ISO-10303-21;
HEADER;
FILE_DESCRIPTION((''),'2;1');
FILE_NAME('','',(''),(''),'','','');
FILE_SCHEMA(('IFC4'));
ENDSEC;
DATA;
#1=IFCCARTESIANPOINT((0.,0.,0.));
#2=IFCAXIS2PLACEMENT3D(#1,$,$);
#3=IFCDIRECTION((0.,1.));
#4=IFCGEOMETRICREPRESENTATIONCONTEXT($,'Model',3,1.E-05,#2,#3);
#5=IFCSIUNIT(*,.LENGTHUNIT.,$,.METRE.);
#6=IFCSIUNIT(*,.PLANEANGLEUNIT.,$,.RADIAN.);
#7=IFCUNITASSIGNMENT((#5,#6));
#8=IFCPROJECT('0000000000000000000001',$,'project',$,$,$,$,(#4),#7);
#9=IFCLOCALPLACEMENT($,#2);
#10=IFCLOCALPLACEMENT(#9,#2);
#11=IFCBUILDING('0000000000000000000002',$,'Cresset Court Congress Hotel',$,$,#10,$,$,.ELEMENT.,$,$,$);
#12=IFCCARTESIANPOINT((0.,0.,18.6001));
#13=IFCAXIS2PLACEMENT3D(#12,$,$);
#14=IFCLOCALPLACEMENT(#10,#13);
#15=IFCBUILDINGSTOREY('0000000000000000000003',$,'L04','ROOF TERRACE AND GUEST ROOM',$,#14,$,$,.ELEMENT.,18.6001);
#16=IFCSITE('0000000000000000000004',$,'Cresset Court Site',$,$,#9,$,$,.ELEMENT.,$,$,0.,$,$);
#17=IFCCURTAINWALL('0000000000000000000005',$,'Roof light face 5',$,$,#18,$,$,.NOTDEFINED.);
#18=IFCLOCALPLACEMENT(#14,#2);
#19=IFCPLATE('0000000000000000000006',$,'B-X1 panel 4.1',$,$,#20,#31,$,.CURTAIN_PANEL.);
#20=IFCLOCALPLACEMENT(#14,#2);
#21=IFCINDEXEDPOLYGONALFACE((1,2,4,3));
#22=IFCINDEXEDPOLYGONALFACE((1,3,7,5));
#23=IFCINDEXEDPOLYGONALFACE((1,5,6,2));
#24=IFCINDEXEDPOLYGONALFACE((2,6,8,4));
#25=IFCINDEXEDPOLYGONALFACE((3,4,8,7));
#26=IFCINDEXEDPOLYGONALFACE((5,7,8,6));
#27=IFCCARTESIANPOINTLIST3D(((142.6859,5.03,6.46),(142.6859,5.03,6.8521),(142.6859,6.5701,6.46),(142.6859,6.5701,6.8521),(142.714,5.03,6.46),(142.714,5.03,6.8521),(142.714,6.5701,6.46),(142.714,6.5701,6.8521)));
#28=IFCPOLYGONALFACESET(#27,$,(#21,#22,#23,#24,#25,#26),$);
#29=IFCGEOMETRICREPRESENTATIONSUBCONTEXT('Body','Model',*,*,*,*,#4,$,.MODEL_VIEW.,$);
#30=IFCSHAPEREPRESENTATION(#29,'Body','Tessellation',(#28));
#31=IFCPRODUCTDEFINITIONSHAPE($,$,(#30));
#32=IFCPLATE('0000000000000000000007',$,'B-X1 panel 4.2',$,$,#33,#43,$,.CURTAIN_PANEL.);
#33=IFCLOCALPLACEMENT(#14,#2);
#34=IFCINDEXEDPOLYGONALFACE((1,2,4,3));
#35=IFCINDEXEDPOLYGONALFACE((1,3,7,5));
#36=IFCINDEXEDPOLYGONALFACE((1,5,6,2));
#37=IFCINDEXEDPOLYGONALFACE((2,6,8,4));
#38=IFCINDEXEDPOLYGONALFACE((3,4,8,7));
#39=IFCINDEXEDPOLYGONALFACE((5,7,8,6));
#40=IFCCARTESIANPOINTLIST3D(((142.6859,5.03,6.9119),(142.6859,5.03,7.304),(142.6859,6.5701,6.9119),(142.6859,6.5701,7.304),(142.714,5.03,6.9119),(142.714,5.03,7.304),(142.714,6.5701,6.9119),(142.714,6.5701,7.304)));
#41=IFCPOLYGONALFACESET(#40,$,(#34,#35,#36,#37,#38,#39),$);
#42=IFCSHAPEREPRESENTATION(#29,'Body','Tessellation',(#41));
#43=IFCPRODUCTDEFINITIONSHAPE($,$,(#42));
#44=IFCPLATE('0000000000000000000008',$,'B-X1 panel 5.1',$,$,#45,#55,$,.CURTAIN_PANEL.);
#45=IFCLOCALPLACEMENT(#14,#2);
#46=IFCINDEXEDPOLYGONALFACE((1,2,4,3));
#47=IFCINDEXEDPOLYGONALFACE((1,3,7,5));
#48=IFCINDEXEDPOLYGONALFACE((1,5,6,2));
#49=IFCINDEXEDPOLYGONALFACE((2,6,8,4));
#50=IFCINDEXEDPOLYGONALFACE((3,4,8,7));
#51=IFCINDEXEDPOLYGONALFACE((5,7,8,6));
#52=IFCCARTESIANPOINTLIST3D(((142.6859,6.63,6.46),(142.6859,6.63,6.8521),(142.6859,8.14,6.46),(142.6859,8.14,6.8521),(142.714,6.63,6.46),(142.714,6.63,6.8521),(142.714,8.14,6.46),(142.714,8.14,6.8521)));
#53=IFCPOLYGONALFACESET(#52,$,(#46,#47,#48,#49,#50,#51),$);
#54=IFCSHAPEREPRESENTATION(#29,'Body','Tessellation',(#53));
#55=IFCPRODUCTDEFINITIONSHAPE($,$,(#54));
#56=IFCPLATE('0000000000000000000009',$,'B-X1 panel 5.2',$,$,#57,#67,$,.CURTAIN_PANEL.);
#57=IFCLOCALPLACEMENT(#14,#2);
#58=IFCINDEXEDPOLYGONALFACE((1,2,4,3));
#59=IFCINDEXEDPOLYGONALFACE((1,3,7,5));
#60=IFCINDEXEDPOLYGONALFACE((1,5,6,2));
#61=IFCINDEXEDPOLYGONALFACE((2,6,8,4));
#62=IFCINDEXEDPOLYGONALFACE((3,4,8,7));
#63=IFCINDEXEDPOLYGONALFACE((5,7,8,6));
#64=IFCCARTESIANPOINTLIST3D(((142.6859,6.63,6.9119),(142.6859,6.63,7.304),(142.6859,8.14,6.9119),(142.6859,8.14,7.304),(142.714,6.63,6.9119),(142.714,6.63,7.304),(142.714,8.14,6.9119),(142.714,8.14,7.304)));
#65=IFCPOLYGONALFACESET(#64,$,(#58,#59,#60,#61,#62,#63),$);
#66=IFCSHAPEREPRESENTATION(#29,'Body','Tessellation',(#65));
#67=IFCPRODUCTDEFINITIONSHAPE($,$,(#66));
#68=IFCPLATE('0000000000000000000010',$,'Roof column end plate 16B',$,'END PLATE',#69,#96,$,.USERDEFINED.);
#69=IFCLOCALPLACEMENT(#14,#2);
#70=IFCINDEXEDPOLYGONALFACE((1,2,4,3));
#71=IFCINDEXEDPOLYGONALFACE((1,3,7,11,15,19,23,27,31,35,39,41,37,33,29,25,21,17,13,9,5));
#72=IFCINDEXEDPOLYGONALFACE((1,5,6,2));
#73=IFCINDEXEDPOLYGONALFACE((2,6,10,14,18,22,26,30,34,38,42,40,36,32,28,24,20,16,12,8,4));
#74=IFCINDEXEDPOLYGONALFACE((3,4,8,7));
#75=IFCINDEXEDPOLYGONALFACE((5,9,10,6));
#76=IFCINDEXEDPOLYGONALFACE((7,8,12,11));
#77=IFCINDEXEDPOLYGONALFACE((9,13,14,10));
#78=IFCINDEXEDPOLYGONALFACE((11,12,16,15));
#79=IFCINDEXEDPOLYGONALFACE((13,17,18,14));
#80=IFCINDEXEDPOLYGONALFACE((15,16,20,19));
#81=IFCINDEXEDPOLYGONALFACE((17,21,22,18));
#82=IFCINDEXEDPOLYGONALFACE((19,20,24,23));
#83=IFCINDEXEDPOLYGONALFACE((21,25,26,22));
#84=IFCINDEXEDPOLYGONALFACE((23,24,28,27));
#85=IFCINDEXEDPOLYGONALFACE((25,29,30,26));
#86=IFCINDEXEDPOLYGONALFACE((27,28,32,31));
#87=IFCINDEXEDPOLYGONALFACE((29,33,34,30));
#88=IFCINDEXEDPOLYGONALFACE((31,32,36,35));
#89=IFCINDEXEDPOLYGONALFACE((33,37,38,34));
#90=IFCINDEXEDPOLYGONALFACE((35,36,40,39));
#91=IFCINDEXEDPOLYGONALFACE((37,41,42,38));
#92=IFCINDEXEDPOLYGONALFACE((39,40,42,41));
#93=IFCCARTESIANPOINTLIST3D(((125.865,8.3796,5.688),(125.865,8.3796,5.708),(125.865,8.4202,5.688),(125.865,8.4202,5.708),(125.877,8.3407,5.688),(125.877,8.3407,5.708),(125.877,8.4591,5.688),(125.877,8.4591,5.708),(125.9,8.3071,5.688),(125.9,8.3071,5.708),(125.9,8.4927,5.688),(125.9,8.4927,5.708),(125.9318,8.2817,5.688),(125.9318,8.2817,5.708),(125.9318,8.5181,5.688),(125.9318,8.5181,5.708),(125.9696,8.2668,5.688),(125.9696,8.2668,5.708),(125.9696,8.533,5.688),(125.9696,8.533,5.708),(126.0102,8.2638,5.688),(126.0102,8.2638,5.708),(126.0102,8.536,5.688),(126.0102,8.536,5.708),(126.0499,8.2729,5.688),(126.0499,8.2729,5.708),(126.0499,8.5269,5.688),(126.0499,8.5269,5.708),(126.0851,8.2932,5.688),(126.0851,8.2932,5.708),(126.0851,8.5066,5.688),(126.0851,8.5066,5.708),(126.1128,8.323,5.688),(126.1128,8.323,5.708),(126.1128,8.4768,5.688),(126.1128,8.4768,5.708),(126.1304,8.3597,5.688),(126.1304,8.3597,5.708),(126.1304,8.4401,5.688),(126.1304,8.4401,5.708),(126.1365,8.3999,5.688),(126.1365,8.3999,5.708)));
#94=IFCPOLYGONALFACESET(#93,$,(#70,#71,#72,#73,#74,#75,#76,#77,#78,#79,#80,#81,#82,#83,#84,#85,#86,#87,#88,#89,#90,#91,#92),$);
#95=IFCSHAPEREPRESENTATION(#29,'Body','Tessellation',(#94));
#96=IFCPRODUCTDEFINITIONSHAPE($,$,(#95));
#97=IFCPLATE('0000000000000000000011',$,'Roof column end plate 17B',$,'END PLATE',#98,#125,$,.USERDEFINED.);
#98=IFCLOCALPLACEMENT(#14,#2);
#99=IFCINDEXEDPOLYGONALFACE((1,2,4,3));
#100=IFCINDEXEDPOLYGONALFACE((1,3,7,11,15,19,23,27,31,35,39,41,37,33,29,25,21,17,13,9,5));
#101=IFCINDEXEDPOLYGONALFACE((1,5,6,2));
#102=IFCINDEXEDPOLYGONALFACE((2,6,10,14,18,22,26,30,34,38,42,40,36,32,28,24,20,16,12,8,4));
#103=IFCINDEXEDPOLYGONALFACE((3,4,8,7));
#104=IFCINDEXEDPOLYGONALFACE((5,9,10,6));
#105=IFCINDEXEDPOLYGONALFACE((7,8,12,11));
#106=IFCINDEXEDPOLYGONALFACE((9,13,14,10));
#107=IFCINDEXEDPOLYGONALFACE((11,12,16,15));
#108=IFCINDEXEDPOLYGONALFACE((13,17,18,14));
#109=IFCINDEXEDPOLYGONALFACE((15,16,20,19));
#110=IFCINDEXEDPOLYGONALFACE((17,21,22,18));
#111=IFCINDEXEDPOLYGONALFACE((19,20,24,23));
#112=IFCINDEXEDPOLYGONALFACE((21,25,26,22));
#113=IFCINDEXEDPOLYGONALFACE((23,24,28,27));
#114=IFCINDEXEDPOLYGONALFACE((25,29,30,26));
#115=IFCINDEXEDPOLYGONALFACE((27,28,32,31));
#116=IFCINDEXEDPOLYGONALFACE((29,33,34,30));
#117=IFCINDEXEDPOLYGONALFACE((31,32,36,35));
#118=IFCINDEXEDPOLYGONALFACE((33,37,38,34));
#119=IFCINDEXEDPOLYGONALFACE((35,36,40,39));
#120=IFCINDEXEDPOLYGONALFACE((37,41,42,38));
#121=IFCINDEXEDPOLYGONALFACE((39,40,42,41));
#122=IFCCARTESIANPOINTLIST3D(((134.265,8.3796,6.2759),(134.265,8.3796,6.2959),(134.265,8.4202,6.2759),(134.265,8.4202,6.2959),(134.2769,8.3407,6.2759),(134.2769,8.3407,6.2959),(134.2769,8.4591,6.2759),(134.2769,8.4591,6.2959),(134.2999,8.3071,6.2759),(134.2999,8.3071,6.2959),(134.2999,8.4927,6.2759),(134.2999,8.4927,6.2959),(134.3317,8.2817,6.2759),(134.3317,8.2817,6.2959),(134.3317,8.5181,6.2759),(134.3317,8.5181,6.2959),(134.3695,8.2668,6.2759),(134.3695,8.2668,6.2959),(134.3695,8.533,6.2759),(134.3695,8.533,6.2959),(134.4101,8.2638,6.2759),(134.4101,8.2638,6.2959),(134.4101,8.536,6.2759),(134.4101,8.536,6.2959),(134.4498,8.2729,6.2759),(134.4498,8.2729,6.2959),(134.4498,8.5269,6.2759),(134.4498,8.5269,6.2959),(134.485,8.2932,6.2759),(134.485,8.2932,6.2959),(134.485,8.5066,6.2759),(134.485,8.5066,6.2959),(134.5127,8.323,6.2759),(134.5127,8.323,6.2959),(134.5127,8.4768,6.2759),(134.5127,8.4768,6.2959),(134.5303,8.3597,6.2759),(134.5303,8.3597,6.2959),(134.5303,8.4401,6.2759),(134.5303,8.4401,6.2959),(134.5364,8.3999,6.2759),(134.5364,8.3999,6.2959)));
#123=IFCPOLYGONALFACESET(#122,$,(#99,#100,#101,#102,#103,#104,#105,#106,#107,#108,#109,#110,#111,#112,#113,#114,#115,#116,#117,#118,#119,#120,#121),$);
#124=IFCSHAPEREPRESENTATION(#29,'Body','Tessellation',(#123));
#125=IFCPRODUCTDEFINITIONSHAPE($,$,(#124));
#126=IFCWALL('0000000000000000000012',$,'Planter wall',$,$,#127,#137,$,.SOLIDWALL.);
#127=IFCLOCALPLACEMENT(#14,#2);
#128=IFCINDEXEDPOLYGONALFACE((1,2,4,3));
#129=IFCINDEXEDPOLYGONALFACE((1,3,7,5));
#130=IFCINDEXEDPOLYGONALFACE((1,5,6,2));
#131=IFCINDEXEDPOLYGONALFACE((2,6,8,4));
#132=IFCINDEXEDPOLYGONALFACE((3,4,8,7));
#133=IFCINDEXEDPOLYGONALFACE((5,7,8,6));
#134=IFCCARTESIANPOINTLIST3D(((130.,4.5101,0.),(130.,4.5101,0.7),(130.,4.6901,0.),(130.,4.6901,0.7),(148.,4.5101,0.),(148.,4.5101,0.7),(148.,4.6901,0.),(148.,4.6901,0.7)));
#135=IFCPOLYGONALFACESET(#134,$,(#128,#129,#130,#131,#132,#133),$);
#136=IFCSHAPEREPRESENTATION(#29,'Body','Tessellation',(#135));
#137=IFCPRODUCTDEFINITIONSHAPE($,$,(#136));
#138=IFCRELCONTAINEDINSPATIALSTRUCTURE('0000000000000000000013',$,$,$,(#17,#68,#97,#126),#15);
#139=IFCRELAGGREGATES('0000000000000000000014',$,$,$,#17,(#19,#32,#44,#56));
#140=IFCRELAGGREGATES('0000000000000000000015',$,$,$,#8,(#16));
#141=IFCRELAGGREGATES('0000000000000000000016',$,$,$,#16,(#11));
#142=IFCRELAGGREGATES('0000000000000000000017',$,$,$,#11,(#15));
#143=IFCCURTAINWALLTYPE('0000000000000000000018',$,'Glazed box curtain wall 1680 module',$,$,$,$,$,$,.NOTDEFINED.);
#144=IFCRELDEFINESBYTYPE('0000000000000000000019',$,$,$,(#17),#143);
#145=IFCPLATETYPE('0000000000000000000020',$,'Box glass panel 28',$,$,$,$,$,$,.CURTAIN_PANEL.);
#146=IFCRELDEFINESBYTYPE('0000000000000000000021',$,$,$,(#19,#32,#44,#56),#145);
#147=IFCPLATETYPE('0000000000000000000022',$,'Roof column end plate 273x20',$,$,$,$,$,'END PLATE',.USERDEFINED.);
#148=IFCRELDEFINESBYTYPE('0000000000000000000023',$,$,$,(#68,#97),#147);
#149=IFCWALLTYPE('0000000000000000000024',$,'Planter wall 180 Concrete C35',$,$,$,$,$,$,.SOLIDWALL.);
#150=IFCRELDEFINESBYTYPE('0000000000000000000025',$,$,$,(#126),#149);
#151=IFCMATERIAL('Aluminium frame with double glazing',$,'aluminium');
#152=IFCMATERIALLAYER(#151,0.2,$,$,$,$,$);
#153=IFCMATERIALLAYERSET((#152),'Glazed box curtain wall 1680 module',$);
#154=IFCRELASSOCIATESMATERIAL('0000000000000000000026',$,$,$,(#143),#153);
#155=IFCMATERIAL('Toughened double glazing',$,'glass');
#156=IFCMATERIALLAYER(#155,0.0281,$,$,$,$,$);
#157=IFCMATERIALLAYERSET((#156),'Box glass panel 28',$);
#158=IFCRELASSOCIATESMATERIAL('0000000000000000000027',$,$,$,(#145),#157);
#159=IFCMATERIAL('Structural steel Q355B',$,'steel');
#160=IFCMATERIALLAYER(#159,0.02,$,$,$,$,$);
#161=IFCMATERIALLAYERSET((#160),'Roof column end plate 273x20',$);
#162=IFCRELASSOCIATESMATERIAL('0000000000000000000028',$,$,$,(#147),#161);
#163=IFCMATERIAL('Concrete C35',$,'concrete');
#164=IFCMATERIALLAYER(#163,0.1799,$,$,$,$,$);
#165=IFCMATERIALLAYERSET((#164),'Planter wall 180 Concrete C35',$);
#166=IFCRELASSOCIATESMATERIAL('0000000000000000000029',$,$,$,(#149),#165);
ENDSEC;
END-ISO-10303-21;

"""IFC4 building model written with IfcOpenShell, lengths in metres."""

from ifc_helpers import new_model, si_unit, direction, frame, frame_2d, origin, origin_2d, place, context, subcontext, project, spatial, rectangle, circle, extrude, material, layer, layer_set, type_object, element, aggregate, save


model = new_model("IFC4")

# Units and contexts
model_context = context("Model", 3, precision=1e-05, world=origin(), true_north=direction((0.0, 1.0)))
body_context = subcontext(model_context, "Body", "Model", "MODEL_VIEW")
ifc_project = project(units=[si_unit("LENGTHUNIT", "METRE"), si_unit("PLANEANGLEUNIT", "RADIAN")], contexts=[model_context])

# Site, building, storey
site_placement = place(None, origin())
site = spatial("IfcSite", under=ifc_project, at=site_placement, Name="Cresset Court Site", CompositionType="ELEMENT", RefElevation=0.0)
building_placement = place(site_placement, origin())
building = spatial("IfcBuilding", under=site, at=building_placement, Name="Cresset Court Congress Hotel", CompositionType="ELEMENT")
storey_placement = place(building_placement, frame((0.0, 0.0, 18.6001)))
storey = spatial("IfcBuildingStorey", under=building, at=storey_placement, Name="L04", Description="ROOF TERRACE AND GUEST ROOM", CompositionType="ELEMENT", Elevation=18.6001)

# Curtain wall
ifc_material_1 = material(Name="Aluminium frame with double glazing", Category="aluminium")
ifc_layer_1 = layer(ifc_material_1, 0.2)
ifc_layer_set_1 = layer_set([ifc_layer_1], Name="Glazed box curtain wall 1680 module")
curtain_wall_type = type_object("IfcCurtainWallType", Name="Glazed box curtain wall 1680 module", PredefinedType="NOTDEFINED", material=ifc_layer_set_1)
curtain_wall_placement = place(storey_placement, origin())
curtain_wall = element("IfcCurtainWall", 1, at=curtain_wall_placement, inside=storey, type_object=curtain_wall_type, Name="Roof light face 5", PredefinedType="NOTDEFINED")

# Plates
ifc_material_2 = material(Name="Toughened double glazing", Category="glass")
ifc_layer_2 = layer(ifc_material_2, 0.0281)
ifc_layer_set_2 = layer_set([ifc_layer_2], Name="Box glass panel 28")
plate_type_1 = type_object("IfcPlateType", Name="Box glass panel 28", PredefinedType="CURTAIN_PANEL", material=ifc_layer_set_2)
plate_1_placement = place(storey_placement, frame((142.7, 5.8, 6.46), z_axis=(0.0, 0.0, 1.0), x_axis=(0.0, 1.0, 0.0)))
plate_1 = element("IfcPlate", 2, at=plate_1_placement, type_object=plate_type_1, Name="B-X1 panel 4.1", PredefinedType="CURTAIN_PANEL", context=body_context, shape_type="SweptSolid", body=[
    extrude(rectangle(XDim=1.54, YDim=0.0281, at=origin_2d()), origin(), (0.0, 0.0, 1.0), 0.3921),
])
plate_2_placement = place(storey_placement, frame((142.7, 5.8, 6.9119), z_axis=(0.0, 0.0, 1.0), x_axis=(0.0, 1.0, 0.0)))
plate_2 = element("IfcPlate", 3, at=plate_2_placement, type_object=plate_type_1, Name="B-X1 panel 4.2", PredefinedType="CURTAIN_PANEL", context=body_context, shape_type="SweptSolid", body=[
    extrude(rectangle(XDim=1.54, YDim=0.0281, at=origin_2d()), origin(), (0.0, 0.0, 1.0), 0.3921),
])
plate_3_placement = place(storey_placement, frame((142.7, 7.385, 6.46), z_axis=(0.0, 0.0, 1.0), x_axis=(0.0, 1.0, 0.0)))
plate_3 = element("IfcPlate", 4, at=plate_3_placement, type_object=plate_type_1, Name="B-X1 panel 5.1", PredefinedType="CURTAIN_PANEL", context=body_context, shape_type="SweptSolid", body=[
    extrude(rectangle(XDim=1.51, YDim=0.0281, at=origin_2d()), origin(), (0.0, 0.0, 1.0), 0.3921),
])
plate_4_placement = place(storey_placement, frame((142.7, 7.385, 6.9119), z_axis=(0.0, 0.0, 1.0), x_axis=(0.0, 1.0, 0.0)))
plate_4 = element("IfcPlate", 5, at=plate_4_placement, type_object=plate_type_1, Name="B-X1 panel 5.2", PredefinedType="CURTAIN_PANEL", context=body_context, shape_type="SweptSolid", body=[
    extrude(rectangle(XDim=1.51, YDim=0.0281, at=origin_2d()), origin(), (0.0, 0.0, 1.0), 0.3921),
])
aggregate(curtain_wall, [plate_1, plate_2, plate_3, plate_4])

# Plates
ifc_material_3 = material(Name="Structural steel Q355B", Category="steel")
ifc_layer_3 = layer(ifc_material_3, 0.02)
ifc_layer_set_3 = layer_set([ifc_layer_3], Name="Roof column end plate 273x20")
plate_type_2 = type_object("IfcPlateType", Name="Roof column end plate 273x20", ElementType="END PLATE", PredefinedType="USERDEFINED", material=ifc_layer_set_3)
for number, where, z_axis, x_axis, name in (
    (6, (126.0, 8.3999, 5.688), (0.0, 0.0, 1.0), (1.0, 0.0, 0.0), "Roof column end plate 16B"),
    (7, (134.3999, 8.3999, 6.2759), (0.0, 0.0, 1.0), (1.0, 0.0, 0.0), "Roof column end plate 17B"),
):
    element("IfcPlate", number, at=place(storey_placement, frame(where, z_axis=z_axis, x_axis=x_axis)), inside=storey, type_object=plate_type_2, Name=name, ObjectType="END PLATE", PredefinedType="USERDEFINED", context=body_context, shape_type="SweptSolid", body=[
        extrude(circle(Radius=0.1365, at=origin_2d()), origin(), (0.0, 0.0, 1.0), 0.02),
    ])

# Wall
ifc_material_4 = material(Name="Concrete C35", Category="concrete")
ifc_layer_4 = layer(ifc_material_4, 0.1799)
ifc_layer_set_4 = layer_set([ifc_layer_4], Name="Planter wall 180 Concrete C35")
wall_type = type_object("IfcWallType", Name="Planter wall 180 Concrete C35", PredefinedType="SOLIDWALL", material=ifc_layer_set_4)
wall_placement = place(storey_placement, frame((130.0, 4.6001, 0.0), z_axis=(0.0, 0.0, 1.0), x_axis=(1.0, 0.0, 0.0)))
element("IfcWall", 8, at=wall_placement, inside=storey, type_object=wall_type, Name="Planter wall", PredefinedType="SOLIDWALL", context=body_context, shape_type="SweptSolid", body=[
    extrude(rectangle(XDim=18.0, YDim=0.1799, at=frame_2d((9.0, 0.0))), origin(), (0.0, 0.0, 1.0), 0.7),
])

save(model, "model.ifc")
